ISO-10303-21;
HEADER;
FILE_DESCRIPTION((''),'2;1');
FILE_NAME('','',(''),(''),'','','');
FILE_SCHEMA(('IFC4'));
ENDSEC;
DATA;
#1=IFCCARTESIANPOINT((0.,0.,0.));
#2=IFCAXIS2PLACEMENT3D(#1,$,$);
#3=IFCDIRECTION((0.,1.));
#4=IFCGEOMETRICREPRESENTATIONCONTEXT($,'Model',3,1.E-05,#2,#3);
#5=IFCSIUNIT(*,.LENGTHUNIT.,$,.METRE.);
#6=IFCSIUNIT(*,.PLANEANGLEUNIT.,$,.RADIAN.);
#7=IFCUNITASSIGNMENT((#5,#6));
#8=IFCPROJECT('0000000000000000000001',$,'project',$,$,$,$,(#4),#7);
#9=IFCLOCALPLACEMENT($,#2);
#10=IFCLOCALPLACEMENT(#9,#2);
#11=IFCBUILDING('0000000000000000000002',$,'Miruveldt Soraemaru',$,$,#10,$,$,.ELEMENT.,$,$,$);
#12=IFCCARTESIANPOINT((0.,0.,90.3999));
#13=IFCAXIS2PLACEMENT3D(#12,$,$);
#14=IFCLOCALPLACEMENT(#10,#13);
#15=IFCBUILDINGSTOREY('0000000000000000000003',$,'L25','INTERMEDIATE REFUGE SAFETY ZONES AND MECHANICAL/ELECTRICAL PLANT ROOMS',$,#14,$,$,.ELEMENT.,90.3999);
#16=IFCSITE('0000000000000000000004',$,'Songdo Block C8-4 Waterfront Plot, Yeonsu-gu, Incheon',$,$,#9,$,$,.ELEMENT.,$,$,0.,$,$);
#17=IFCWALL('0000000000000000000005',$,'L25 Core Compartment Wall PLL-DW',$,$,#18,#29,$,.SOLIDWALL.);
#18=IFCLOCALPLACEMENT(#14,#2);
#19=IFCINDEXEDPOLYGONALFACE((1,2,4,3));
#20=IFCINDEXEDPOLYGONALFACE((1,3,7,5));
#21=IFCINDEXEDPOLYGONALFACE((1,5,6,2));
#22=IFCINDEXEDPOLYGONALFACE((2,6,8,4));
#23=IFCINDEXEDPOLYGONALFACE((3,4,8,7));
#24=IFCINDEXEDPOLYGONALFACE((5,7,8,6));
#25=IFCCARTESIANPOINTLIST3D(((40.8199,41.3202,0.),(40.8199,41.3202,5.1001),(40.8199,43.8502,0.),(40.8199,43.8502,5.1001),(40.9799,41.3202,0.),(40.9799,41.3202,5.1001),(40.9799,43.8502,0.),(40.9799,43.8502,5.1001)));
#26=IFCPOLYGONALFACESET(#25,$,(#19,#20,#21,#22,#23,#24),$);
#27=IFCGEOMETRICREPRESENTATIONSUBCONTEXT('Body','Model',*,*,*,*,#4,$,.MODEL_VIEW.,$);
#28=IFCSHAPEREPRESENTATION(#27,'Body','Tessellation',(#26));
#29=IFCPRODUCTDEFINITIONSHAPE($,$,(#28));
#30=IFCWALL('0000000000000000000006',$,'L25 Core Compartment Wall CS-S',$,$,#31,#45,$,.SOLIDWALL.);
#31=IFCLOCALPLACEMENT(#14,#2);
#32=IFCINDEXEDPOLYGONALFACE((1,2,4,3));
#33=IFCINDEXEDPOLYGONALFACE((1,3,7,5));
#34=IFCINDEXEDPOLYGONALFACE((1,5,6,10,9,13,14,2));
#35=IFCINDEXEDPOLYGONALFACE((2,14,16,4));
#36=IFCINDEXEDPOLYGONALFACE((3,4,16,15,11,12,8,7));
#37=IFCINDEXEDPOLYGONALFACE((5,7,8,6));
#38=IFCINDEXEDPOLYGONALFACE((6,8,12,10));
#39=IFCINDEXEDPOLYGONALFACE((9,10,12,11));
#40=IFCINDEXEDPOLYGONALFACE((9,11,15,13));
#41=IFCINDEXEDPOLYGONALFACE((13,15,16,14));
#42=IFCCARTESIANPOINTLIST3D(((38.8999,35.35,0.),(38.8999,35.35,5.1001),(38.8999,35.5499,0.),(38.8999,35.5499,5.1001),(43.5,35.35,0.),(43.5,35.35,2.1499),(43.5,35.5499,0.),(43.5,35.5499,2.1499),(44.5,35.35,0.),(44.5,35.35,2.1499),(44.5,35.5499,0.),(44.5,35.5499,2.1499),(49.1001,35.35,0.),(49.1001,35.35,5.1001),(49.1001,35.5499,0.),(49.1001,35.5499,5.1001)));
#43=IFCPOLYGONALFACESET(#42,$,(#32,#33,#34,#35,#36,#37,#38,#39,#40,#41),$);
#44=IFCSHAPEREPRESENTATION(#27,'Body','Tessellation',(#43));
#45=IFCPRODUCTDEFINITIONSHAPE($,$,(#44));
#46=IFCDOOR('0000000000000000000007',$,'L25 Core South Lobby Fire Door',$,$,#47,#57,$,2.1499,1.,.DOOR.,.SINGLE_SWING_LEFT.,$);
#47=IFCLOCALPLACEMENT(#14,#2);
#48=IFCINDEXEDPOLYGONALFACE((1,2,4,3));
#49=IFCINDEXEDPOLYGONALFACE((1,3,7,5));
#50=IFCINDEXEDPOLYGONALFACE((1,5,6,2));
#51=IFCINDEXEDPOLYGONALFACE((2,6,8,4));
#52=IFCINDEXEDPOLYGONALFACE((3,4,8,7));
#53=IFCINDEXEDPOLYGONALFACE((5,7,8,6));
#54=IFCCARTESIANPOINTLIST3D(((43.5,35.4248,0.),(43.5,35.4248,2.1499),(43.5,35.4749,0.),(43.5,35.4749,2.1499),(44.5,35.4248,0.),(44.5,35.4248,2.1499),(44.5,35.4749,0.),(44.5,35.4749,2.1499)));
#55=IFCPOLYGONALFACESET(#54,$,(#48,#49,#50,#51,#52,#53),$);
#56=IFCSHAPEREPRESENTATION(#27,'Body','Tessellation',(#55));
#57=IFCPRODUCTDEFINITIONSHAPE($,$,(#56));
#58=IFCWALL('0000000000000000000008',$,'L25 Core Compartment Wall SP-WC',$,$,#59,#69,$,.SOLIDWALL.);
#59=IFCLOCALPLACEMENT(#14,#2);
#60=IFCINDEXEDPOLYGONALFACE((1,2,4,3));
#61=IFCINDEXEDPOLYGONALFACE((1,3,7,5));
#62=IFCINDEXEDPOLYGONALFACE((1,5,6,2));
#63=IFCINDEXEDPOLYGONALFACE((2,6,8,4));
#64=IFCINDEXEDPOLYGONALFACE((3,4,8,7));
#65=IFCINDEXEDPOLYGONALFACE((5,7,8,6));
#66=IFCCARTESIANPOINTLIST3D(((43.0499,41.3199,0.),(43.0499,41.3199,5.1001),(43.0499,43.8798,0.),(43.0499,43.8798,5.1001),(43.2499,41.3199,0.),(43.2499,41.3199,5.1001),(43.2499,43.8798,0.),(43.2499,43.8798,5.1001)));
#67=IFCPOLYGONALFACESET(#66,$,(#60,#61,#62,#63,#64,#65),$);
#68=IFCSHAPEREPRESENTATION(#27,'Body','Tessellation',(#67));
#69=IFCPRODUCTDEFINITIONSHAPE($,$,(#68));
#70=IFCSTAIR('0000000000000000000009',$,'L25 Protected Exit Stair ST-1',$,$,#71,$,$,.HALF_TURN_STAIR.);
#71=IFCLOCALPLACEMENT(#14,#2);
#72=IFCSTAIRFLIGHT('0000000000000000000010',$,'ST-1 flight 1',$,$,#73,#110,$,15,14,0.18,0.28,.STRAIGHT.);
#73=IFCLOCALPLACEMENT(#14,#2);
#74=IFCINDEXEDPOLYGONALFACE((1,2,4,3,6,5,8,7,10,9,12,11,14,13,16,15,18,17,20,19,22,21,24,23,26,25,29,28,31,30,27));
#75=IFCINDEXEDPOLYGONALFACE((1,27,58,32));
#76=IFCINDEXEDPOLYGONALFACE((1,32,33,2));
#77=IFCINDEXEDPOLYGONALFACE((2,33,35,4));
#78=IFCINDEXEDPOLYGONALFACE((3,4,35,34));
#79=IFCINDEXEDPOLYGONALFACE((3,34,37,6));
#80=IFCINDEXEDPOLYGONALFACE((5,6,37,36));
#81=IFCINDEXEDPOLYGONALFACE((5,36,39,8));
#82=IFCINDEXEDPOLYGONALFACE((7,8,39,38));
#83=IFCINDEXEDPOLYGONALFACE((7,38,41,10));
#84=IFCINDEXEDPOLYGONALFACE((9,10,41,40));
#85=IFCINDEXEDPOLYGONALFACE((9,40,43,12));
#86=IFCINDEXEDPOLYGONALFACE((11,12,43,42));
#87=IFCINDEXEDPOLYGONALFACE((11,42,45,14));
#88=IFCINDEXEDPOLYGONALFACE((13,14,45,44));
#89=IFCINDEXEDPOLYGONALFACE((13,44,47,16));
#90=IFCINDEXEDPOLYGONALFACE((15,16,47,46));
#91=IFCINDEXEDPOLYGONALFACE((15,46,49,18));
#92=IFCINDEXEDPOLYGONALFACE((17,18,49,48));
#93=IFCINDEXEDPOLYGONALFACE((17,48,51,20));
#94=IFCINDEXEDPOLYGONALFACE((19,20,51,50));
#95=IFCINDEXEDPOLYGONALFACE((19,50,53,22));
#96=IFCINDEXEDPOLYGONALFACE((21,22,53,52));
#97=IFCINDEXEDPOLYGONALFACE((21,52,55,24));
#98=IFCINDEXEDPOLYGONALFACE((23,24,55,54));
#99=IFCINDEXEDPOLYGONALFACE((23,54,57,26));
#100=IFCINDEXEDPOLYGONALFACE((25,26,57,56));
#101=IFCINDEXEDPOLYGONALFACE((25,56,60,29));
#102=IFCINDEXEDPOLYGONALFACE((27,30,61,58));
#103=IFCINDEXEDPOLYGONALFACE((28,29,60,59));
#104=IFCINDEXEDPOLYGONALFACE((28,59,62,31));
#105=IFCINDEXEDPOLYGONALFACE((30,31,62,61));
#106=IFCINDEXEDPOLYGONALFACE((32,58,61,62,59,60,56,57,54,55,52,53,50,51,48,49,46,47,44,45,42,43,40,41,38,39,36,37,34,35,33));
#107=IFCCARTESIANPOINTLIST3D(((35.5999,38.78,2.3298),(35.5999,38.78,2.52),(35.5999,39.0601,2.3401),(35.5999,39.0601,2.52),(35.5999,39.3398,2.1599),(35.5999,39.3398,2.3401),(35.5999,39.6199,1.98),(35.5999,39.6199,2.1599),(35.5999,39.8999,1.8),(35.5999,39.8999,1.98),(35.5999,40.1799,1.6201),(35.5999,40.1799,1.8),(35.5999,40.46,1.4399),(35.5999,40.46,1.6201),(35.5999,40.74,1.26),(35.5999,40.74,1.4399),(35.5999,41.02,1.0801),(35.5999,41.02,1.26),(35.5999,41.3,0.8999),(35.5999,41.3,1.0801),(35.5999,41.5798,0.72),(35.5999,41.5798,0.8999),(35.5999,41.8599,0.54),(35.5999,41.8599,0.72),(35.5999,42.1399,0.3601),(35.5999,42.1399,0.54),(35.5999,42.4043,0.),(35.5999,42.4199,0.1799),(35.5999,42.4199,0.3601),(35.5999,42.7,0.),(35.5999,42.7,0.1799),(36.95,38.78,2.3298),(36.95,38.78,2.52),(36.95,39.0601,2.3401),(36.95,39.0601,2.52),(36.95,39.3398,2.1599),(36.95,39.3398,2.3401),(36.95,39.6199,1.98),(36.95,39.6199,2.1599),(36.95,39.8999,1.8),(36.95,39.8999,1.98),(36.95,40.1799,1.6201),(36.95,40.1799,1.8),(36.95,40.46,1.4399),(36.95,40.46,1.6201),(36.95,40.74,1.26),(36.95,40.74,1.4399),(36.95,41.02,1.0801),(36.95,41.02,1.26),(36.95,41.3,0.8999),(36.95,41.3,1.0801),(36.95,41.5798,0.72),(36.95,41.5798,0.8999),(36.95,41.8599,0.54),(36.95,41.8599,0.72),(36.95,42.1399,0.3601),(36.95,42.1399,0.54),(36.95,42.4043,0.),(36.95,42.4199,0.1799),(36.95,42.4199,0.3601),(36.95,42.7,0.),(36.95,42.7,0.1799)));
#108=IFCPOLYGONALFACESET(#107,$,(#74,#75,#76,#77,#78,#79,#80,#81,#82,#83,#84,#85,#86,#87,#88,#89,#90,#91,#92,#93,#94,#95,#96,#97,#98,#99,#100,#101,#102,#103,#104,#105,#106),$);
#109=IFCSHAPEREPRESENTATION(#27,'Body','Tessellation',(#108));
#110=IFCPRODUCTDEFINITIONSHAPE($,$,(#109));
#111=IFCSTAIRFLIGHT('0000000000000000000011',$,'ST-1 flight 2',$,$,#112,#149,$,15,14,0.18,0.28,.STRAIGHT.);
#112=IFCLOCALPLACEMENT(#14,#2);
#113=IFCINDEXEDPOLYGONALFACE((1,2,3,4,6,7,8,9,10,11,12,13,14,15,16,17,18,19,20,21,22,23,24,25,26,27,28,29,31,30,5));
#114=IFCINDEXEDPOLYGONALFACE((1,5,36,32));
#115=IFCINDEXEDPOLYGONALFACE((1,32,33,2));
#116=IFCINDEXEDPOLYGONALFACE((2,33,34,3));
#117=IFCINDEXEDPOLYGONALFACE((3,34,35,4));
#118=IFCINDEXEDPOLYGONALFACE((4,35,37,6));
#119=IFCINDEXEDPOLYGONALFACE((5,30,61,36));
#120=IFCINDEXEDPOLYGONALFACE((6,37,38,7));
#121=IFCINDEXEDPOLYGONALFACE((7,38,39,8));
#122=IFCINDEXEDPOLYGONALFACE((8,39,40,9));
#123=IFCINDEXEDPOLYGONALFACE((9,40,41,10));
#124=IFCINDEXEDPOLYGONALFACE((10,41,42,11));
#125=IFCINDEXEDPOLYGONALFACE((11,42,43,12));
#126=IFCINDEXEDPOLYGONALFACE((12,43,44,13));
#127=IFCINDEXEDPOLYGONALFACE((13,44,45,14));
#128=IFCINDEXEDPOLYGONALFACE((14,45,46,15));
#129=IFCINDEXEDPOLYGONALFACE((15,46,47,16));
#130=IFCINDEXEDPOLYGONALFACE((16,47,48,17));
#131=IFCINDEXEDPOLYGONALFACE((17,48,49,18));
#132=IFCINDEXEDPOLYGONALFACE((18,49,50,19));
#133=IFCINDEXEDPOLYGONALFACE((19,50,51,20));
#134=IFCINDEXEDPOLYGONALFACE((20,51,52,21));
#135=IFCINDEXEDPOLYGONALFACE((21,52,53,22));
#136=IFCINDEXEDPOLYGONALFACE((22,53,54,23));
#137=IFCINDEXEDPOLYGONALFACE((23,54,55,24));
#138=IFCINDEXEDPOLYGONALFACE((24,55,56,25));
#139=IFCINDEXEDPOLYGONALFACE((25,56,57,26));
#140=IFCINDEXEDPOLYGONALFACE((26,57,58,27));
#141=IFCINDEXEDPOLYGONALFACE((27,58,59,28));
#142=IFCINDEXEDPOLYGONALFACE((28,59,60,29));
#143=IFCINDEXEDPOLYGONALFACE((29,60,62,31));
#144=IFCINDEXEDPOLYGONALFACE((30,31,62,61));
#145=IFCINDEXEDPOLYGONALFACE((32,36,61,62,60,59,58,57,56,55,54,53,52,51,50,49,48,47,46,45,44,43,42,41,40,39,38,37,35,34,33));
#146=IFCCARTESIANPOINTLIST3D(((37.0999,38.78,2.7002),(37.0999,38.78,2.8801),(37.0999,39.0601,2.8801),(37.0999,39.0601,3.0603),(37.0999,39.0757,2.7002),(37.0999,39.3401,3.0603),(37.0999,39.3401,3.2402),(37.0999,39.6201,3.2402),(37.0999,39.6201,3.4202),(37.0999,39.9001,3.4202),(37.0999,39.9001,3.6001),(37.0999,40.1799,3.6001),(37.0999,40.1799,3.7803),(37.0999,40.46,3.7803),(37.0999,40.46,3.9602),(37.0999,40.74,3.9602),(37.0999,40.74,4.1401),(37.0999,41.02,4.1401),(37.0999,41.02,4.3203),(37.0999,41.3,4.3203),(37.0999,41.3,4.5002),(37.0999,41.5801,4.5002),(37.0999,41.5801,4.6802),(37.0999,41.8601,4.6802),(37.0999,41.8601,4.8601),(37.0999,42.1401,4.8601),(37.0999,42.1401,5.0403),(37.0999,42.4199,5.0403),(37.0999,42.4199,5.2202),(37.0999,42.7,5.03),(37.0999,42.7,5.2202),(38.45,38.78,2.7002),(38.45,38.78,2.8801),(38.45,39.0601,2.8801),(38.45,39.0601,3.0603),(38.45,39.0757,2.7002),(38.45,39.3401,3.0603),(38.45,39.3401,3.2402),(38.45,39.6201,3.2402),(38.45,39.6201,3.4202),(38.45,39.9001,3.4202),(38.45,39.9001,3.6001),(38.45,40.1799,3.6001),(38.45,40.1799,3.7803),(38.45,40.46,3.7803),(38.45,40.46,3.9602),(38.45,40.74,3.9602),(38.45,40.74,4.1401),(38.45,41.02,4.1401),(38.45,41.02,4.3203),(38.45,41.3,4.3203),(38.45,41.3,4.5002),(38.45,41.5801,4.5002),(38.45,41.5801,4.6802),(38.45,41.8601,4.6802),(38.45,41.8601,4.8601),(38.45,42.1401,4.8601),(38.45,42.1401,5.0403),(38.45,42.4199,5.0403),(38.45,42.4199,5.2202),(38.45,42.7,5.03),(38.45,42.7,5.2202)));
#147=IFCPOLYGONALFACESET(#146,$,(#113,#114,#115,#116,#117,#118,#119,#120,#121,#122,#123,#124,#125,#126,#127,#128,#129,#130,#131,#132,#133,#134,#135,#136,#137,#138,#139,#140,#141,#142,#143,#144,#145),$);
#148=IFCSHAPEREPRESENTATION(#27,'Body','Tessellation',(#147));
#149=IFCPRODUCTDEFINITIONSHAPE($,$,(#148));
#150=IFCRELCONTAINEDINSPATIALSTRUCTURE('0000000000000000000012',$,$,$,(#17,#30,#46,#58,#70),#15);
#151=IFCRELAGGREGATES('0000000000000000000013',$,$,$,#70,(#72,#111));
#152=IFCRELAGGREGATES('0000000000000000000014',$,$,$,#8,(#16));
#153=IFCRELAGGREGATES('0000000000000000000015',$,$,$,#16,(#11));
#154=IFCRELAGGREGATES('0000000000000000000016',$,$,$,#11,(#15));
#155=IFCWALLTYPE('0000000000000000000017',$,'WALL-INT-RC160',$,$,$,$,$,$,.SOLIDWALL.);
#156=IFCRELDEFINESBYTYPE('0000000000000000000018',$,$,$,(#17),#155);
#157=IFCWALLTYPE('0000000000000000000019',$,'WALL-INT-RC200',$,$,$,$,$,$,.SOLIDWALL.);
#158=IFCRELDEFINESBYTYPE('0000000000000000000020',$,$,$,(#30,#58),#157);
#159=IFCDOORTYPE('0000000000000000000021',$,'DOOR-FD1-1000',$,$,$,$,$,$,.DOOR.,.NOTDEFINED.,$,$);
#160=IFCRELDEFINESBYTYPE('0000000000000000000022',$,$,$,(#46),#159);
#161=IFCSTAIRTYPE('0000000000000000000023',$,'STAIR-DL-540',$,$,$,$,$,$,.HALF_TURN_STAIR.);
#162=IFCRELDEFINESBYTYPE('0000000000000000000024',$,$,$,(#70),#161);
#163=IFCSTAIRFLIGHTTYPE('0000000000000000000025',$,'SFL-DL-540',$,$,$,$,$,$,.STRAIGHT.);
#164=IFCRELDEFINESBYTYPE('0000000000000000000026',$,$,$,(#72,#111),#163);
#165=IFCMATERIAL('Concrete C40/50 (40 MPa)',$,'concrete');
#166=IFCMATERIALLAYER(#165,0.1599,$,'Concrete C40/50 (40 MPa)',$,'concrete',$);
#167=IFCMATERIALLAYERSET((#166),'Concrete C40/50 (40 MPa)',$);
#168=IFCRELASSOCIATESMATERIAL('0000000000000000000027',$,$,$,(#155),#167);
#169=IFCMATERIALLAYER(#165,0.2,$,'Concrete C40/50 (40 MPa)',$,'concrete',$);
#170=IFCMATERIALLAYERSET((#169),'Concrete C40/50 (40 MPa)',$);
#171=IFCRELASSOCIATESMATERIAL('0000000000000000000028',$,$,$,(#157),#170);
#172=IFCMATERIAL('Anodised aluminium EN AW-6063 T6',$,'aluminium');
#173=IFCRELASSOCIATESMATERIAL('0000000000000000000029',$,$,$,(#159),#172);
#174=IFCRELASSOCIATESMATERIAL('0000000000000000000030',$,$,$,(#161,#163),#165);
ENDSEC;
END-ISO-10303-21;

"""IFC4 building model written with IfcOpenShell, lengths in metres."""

from ifc_helpers import new_model, si_unit, direction, frame, frame_2d, origin, place, context, subcontext, project, spatial, polyline, rectangle, outline, extrude, material, layer, layer_set, type_object, element, fill, aggregate, save


model = new_model("IFC4")

# Units and contexts
model_context = context("Model", 3, precision=1e-05, world=origin(), true_north=direction((0.0, 1.0)))
body_context = subcontext(model_context, "Body", "Model", "MODEL_VIEW")
ifc_project = project(units=[si_unit("LENGTHUNIT", "METRE"), si_unit("PLANEANGLEUNIT", "RADIAN")], contexts=[model_context])

# Site, building, storey
site_placement = place(None, origin())
site = spatial("IfcSite", under=ifc_project, at=site_placement, Name="Songdo Block C8-4 Waterfront Plot, Yeonsu-gu, Incheon", CompositionType="ELEMENT", RefElevation=0.0)
building_placement = place(site_placement, origin())
building = spatial("IfcBuilding", under=site, at=building_placement, Name="Miruveldt Soraemaru", CompositionType="ELEMENT")
storey_placement = place(building_placement, frame((0.0, 0.0, 90.3999)))
storey = spatial("IfcBuildingStorey", under=building, at=storey_placement, Name="L25", Description="INTERMEDIATE REFUGE SAFETY ZONES AND MECHANICAL/ELECTRICAL PLANT ROOMS", CompositionType="ELEMENT", Elevation=90.3999)

# Shared definitions
ifc_material_1 = material(Name="Anodised aluminium EN AW-6063 T6", Category="aluminium")

# Wall
ifc_material_2 = material(Name="Concrete C40/50 (40 MPa)", Category="concrete")
ifc_layer_1 = layer(ifc_material_2, 0.1599, Name="Concrete C40/50 (40 MPa)", Category="concrete")
ifc_layer_set_1 = layer_set([ifc_layer_1], Name="Concrete C40/50 (40 MPa)")
wall_type_1 = type_object("IfcWallType", Name="WALL-INT-RC160", PredefinedType="SOLIDWALL", material=ifc_layer_set_1)
wall_1_placement = place(storey_placement, frame((40.8999, 41.3201, 0.0), z_axis=(0.0, 0.0, 1.0), x_axis=(0.0, 1.0, 0.0)))
element("IfcWall", 1, at=wall_1_placement, inside=storey, type_object=wall_type_1, Name="L25 Core Compartment Wall PLL-DW", PredefinedType="SOLIDWALL", context=body_context, shape_type="SweptSolid", body=[
    extrude(rectangle(XDim=2.53, YDim=0.1599, at=frame_2d((1.2651, 0.0))), origin(), (0.0, 0.0, 1.0), 5.1001),
])

# Wall, opening, door
ifc_layer_2 = layer(ifc_material_2, 0.2, Name="Concrete C40/50 (40 MPa)", Category="concrete")
ifc_layer_set_2 = layer_set([ifc_layer_2], Name="Concrete C40/50 (40 MPa)")
wall_type_2 = type_object("IfcWallType", Name="WALL-INT-RC200", PredefinedType="SOLIDWALL", material=ifc_layer_set_2)
wall_2_placement = place(storey_placement, frame((38.8999, 35.45, 0.0), z_axis=(0.0, 0.0, 1.0), x_axis=(1.0, 0.0, 0.0)))
wall_2 = element("IfcWall", 2, at=wall_2_placement, inside=storey, type_object=wall_type_2, Name="L25 Core Compartment Wall CS-S", PredefinedType="SOLIDWALL", context=body_context, shape_type="SweptSolid", body=[
    extrude(rectangle(XDim=10.2002, YDim=0.2, at=frame_2d((5.1001, 0.0))), origin(), (0.0, 0.0, 1.0), 5.1001),
])
opening_1_placement = place(wall_2_placement, frame((4.6001, 0.0, 0.0)))
opening_1 = element("IfcOpeningElement", 3, at=opening_1_placement, cuts=wall_2, PredefinedType="OPENING", context=body_context, shape_type="SweptSolid", body=[
    extrude(rectangle(XDim=1.0, YDim=2.1499, at=frame_2d((0.5, 1.075))), frame((0.0, 0.1099, 0.0), z_axis=(0.0, -1.0, 0.0), x_axis=(1.0, 0.0, 0.0)), (0.0, 0.0, 1.0), 0.22),
])
door_type_1 = type_object("IfcDoorType", Name="DOOR-FD1-1000", OperationType="NOTDEFINED", PredefinedType="DOOR", material=ifc_material_1)
door_1_placement = place(opening_1_placement, origin())
door_1 = element("IfcDoor", 4, at=door_1_placement, inside=storey, type_object=door_type_1, Name="L25 Core South Lobby Fire Door", OperationType="SINGLE_SWING_LEFT", OverallHeight=2.1499, OverallWidth=1.0, PredefinedType="DOOR", context=body_context, shape_type="SweptSolid", body=[
    extrude(rectangle(XDim=1.0, YDim=2.1499, at=frame_2d((0.5, 1.075))), frame((0.0, 0.0249, 0.0), z_axis=(0.0, -1.0, 0.0), x_axis=(1.0, 0.0, 0.0)), (0.0, 0.0, 1.0), 0.05),
])
fill(opening_1, door_1)

# Wall
wall_3_placement = place(storey_placement, frame((43.1499, 41.3201, 0.0), z_axis=(0.0, 0.0, 1.0), x_axis=(0.0, 1.0, 0.0)))
element("IfcWall", 5, at=wall_3_placement, inside=storey, type_object=wall_type_2, Name="L25 Core Compartment Wall SP-WC", PredefinedType="SOLIDWALL", context=body_context, shape_type="SweptSolid", body=[
    extrude(rectangle(XDim=2.5598, YDim=0.2, at=frame_2d((1.2798, 0.0))), origin(), (0.0, 0.0, 1.0), 5.1001),
])

# Stair, stair flights
stair_type = type_object("IfcStairType", Name="STAIR-DL-540", PredefinedType="HALF_TURN_STAIR", material=ifc_material_2)
stair_placement = place(storey_placement, origin())
stair = element("IfcStair", 6, at=stair_placement, inside=storey, type_object=stair_type, Name="L25 Protected Exit Stair ST-1", PredefinedType="HALF_TURN_STAIR")
stair_flight_type = type_object("IfcStairFlightType", Name="SFL-DL-540", PredefinedType="STRAIGHT", material=ifc_material_2)
stair_flight_1_placement = place(storey_placement, frame((36.2749, 42.7, 0.0), z_axis=(0.0, 0.0, 1.0), x_axis=(0.0, -1.0, 0.0)))
stair_flight_1 = element("IfcStairFlight", 7, at=stair_flight_1_placement, type_object=stair_flight_type, Name="ST-1 flight 1", NumberOfRisers=15, NumberOfTreads=14, PredefinedType="STRAIGHT", RiserHeight=0.18, TreadLength=0.28, context=body_context, shape_type="SweptSolid", body=[
    extrude(outline(polyline([(0.0, 0.0), (0.0, 0.1799), (0.28, 0.1799), (0.28, 0.3601), (0.5601, 0.3601), (0.5601, 0.54), (0.8401, 0.54), (0.8401, 0.72), (1.1201, 0.72), (1.1201, 0.8999), (1.3999, 0.8999), (1.3999, 1.0801), (1.6799, 1.0801), (1.6799, 1.26), (1.96, 1.26), (1.96, 1.4399), (2.24, 1.4399), (2.24, 1.6201), (2.52, 1.6201), (2.52, 1.8), (2.8, 1.8), (2.8, 1.98), (3.0801, 1.98), (3.0801, 2.1599), (3.3601, 2.1599), (3.3601, 2.3401), (3.6399, 2.3401), (3.6399, 2.52), (3.9199, 2.52), (3.9199, 2.7), (3.9199, 2.3298), (0.2957, 0.0), (0.0, 0.0)])), frame((0.0, 0.675, 0.0), z_axis=(0.0, -1.0, 0.0), x_axis=(1.0, 0.0, 0.0)), (0.0, 0.0, 1.0), 1.3501),
])
stair_flight_2_placement = place(storey_placement, frame((37.7749, 38.78, 2.7002), z_axis=(0.0, 0.0, 1.0), x_axis=(0.0, 1.0, 0.0)))
stair_flight_2 = element("IfcStairFlight", 8, at=stair_flight_2_placement, type_object=stair_flight_type, Name="ST-1 flight 2", NumberOfRisers=15, NumberOfTreads=14, PredefinedType="STRAIGHT", RiserHeight=0.18, TreadLength=0.28, context=body_context, shape_type="SweptSolid", body=[
    extrude(outline(polyline([(0.0, 0.0), (0.0, 0.1799), (0.28, 0.1799), (0.28, 0.3601), (0.5601, 0.3601), (0.5601, 0.54), (0.8401, 0.54), (0.8401, 0.72), (1.1201, 0.72), (1.1201, 0.8999), (1.3999, 0.8999), (1.3999, 1.0801), (1.6799, 1.0801), (1.6799, 1.26), (1.96, 1.26), (1.96, 1.4399), (2.24, 1.4399), (2.24, 1.6201), (2.52, 1.6201), (2.52, 1.8), (2.8, 1.8), (2.8, 1.98), (3.0801, 1.98), (3.0801, 2.1599), (3.3601, 2.1599), (3.3601, 2.3401), (3.6399, 2.3401), (3.6399, 2.52), (3.9199, 2.52), (3.9199, 2.7), (3.9199, 2.3298), (0.2957, 0.0), (0.0, 0.0)])), frame((0.0, 0.675, 0.0), z_axis=(0.0, -1.0, 0.0), x_axis=(1.0, 0.0, 0.0)), (0.0, 0.0, 1.0), 1.3501),
])
aggregate(stair, [stair_flight_1, stair_flight_2])

save(model, "model.ifc")
